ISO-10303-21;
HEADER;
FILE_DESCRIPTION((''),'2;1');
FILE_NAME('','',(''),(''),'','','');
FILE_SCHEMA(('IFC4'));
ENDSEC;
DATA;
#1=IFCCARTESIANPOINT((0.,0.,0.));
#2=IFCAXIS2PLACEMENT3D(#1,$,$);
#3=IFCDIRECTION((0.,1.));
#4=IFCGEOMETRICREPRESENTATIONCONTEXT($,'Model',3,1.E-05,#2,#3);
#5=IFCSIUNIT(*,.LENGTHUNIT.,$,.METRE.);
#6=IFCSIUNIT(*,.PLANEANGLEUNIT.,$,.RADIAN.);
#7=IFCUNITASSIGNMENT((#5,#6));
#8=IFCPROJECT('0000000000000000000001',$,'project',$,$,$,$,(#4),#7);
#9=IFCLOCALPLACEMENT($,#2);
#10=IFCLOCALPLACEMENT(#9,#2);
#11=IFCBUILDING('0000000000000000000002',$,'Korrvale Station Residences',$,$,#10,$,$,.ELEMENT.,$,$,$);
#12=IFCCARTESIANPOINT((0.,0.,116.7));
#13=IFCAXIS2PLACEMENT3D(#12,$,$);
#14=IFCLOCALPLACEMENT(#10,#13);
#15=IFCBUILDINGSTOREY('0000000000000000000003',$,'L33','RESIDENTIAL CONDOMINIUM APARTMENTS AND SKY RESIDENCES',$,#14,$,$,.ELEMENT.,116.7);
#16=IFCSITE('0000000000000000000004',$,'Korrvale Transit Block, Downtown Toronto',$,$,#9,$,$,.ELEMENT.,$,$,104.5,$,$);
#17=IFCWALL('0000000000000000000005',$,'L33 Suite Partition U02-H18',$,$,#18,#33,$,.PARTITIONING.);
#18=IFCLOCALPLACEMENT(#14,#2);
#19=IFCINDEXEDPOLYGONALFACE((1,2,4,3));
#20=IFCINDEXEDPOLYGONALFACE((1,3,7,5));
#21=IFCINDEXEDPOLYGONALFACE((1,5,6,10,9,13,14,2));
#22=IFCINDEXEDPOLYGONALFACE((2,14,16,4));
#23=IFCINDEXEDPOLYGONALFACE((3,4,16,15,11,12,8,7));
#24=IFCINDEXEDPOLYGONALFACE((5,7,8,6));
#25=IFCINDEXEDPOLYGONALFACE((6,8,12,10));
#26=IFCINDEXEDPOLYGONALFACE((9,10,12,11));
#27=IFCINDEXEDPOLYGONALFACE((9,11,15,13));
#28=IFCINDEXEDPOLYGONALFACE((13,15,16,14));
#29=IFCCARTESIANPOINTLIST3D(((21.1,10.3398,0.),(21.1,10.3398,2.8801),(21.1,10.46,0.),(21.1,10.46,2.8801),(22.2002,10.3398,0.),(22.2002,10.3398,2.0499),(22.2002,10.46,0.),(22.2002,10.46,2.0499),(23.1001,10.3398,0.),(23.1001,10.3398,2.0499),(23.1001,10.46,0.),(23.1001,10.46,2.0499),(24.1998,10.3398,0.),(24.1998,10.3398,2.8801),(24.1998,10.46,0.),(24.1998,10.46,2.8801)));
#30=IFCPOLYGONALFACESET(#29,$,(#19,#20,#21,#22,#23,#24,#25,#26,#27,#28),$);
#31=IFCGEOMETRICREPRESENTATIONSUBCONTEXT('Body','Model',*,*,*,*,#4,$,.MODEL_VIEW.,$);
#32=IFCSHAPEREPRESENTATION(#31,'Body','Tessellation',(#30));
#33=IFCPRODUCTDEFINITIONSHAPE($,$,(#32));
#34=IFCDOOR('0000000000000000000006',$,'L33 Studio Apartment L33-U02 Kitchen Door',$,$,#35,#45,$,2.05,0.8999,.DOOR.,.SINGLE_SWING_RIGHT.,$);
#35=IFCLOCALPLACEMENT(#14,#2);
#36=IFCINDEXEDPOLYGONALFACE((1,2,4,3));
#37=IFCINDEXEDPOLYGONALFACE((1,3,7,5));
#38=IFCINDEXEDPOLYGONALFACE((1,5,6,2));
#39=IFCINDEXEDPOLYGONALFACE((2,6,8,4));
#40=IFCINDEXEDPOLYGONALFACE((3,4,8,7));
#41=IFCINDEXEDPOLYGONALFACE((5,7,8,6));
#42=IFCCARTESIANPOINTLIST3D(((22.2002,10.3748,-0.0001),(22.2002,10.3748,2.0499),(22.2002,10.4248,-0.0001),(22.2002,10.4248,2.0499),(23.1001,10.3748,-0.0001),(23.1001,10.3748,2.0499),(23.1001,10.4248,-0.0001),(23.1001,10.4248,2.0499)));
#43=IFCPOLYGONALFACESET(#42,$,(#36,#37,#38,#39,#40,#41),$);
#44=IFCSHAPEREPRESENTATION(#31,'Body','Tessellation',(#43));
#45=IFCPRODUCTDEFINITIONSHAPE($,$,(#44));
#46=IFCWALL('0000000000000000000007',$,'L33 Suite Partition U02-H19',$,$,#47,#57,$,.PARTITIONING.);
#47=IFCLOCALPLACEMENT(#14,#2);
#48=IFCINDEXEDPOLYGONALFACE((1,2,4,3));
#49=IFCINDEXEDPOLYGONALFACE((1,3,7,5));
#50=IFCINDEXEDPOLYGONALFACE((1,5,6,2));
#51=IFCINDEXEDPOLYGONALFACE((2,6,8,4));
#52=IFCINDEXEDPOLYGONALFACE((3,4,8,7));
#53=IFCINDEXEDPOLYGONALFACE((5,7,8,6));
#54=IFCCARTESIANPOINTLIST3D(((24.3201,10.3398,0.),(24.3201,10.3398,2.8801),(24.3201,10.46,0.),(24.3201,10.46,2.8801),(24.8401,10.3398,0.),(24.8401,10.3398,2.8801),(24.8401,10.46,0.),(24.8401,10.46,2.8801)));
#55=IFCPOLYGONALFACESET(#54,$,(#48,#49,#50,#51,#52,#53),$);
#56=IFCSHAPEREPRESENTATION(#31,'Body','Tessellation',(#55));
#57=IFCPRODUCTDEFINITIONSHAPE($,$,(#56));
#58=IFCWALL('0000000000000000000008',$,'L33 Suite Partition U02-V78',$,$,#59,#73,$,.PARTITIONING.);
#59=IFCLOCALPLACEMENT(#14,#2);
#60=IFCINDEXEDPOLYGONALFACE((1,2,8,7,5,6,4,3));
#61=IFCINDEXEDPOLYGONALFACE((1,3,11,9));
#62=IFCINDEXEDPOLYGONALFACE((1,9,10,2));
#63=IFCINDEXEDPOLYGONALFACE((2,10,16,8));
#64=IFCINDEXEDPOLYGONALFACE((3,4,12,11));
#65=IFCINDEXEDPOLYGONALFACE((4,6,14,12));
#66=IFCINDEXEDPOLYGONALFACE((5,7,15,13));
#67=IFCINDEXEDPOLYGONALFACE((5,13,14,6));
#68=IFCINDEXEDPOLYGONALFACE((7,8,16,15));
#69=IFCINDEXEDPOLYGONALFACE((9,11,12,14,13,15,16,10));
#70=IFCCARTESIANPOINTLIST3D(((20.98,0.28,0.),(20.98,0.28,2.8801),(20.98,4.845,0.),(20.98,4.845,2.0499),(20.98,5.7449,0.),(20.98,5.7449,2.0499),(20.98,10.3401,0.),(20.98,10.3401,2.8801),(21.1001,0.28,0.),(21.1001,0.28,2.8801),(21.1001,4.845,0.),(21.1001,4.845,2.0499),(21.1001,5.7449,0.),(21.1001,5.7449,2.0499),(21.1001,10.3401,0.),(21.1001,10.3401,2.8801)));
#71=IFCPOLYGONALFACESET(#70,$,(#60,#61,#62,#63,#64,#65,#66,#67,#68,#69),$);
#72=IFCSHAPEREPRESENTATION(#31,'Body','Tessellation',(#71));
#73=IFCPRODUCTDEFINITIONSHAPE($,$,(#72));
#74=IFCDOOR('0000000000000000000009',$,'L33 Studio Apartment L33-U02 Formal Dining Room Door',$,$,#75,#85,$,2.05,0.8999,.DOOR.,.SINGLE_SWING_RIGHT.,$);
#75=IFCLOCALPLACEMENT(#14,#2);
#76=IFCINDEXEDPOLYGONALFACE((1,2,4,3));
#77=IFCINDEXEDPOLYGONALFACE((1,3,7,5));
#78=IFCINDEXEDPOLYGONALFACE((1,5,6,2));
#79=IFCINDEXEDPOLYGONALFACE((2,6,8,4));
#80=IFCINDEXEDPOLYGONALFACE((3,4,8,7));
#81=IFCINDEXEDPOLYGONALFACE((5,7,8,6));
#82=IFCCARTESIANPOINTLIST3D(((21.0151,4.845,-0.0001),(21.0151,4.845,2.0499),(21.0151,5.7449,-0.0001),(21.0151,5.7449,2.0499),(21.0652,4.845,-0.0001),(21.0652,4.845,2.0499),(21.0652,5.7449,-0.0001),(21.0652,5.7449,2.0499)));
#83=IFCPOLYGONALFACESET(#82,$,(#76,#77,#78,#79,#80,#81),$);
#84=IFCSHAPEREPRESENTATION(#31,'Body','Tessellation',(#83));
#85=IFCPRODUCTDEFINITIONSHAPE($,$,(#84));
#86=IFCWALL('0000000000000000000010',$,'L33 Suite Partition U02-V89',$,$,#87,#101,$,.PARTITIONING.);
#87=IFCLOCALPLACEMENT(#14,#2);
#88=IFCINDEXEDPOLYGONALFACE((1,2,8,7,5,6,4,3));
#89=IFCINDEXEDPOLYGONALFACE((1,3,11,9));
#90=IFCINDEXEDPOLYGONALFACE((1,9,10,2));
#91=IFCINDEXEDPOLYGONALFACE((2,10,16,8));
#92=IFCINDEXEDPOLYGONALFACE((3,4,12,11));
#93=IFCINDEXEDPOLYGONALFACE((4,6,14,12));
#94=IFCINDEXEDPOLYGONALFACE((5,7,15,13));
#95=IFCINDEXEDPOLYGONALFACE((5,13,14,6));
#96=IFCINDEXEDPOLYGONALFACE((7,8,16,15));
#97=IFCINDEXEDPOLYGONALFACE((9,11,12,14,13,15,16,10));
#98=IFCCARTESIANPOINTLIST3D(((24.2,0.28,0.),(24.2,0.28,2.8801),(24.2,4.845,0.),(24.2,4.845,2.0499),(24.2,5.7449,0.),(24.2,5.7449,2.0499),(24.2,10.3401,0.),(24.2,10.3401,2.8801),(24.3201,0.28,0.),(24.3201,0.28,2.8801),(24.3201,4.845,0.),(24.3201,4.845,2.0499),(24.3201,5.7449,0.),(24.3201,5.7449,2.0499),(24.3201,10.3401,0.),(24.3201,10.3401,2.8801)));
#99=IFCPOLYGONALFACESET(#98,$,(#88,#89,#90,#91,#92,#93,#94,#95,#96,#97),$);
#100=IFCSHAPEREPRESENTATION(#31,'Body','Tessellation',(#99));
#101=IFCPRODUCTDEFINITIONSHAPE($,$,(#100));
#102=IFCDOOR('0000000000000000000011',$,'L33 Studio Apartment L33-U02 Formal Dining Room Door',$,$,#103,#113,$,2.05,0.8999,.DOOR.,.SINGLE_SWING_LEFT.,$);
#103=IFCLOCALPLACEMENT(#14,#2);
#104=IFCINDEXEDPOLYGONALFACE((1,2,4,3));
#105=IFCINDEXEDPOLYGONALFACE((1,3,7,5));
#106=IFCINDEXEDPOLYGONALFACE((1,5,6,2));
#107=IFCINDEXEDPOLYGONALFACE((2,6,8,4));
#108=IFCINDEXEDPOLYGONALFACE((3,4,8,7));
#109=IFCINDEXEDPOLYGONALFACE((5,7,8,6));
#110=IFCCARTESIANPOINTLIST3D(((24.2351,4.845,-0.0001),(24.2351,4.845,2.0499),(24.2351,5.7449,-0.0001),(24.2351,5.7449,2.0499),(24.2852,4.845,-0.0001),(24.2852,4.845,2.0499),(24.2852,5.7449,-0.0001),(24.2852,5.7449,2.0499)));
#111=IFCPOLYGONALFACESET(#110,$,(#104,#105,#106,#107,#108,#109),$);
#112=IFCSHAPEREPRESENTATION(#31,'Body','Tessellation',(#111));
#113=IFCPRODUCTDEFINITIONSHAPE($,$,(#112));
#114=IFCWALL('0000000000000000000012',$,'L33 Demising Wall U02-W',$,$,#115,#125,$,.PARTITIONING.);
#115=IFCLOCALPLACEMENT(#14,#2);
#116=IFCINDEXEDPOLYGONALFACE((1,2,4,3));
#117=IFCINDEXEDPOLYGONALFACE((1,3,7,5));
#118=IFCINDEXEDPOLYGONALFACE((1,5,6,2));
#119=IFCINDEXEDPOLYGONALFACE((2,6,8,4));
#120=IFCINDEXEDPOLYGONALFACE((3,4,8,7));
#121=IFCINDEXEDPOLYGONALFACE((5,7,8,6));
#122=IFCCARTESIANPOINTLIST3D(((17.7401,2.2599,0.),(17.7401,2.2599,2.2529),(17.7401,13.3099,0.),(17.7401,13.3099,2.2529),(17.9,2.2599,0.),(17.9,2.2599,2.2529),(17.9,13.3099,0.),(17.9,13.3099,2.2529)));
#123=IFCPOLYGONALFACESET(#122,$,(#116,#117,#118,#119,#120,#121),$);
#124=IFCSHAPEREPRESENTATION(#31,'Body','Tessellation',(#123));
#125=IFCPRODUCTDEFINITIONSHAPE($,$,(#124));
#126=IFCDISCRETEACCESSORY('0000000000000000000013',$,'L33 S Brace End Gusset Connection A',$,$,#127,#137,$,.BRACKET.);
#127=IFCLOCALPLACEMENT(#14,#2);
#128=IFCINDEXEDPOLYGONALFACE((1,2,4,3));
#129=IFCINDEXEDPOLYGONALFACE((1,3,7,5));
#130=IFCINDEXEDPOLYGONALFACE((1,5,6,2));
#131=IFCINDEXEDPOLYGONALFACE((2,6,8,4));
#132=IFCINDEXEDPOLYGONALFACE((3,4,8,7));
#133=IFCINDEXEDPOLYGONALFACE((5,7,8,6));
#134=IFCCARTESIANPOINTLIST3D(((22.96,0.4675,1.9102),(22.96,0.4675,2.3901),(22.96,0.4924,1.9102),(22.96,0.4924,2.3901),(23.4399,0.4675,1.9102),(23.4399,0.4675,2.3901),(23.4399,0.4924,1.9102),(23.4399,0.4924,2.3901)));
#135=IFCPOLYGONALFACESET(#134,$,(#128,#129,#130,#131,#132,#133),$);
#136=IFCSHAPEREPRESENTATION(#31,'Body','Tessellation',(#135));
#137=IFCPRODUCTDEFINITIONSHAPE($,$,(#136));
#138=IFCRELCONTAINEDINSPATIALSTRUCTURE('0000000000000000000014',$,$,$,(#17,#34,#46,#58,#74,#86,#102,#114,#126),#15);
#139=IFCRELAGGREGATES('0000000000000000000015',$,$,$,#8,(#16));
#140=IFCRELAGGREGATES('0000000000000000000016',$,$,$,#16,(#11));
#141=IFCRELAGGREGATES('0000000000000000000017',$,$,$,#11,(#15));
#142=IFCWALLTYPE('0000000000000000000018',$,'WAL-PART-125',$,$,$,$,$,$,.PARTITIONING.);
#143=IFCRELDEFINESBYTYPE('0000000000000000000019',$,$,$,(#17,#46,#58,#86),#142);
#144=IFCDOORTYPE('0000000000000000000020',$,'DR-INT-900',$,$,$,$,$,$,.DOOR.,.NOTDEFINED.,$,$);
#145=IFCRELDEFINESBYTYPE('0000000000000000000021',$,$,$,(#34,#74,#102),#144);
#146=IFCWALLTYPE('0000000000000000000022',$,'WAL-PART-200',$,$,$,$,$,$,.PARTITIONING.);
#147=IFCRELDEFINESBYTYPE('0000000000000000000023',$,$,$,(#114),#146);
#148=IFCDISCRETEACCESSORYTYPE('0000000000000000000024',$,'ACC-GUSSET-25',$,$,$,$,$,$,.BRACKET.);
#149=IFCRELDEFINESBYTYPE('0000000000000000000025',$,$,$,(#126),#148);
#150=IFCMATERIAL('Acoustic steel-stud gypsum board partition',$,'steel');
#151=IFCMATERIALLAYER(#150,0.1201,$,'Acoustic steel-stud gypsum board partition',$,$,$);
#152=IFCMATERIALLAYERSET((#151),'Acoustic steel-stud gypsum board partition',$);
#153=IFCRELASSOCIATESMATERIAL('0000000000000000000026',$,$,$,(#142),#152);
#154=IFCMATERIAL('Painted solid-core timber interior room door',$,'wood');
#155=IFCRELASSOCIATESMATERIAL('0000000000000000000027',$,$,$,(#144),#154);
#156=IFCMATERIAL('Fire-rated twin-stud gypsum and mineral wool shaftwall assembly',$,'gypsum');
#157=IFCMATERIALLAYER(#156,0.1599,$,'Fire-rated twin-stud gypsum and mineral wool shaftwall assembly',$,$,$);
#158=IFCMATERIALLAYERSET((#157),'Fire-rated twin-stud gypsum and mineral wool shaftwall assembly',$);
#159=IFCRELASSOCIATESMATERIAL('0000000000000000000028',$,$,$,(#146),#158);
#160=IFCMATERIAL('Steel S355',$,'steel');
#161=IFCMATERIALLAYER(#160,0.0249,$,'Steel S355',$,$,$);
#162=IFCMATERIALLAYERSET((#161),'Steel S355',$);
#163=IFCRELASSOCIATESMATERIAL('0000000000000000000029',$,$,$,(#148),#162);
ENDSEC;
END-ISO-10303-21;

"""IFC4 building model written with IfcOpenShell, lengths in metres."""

from ifc_helpers import new_model, si_unit, direction, frame, frame_2d, origin, origin_2d, place, context, subcontext, project, spatial, rectangle, extrude, material, layer, layer_set, type_object, element, fill, save


model = new_model("IFC4")

# Units and contexts
model_context = context("Model", 3, precision=1e-05, world=origin(), true_north=direction((0.0, 1.0)))
body_context = subcontext(model_context, "Body", "Model", "MODEL_VIEW")
ifc_project = project(units=[si_unit("LENGTHUNIT", "METRE"), si_unit("PLANEANGLEUNIT", "RADIAN")], contexts=[model_context])

# Site, building, storey
site_placement = place(None, origin())
site = spatial("IfcSite", under=ifc_project, at=site_placement, Name="Korrvale Transit Block, Downtown Toronto", CompositionType="ELEMENT", RefElevation=104.5)
building_placement = place(site_placement, origin())
building = spatial("IfcBuilding", under=site, at=building_placement, Name="Korrvale Station Residences", CompositionType="ELEMENT")
storey_placement = place(building_placement, frame((0.0, 0.0, 116.7)))
storey = spatial("IfcBuildingStorey", under=building, at=storey_placement, Name="L33", Description="RESIDENTIAL CONDOMINIUM APARTMENTS AND SKY RESIDENCES", CompositionType="ELEMENT", Elevation=116.7)

# Shared definitions
ifc_material_1 = material(Name="Steel S355", Category="steel")

# Shared definitions
ifc_material_2 = material(Name="Acoustic steel-stud gypsum board partition", Category="steel")
ifc_layer_1 = layer(ifc_material_2, 0.1201, Name="Acoustic steel-stud gypsum board partition")
ifc_layer_set_1 = layer_set([ifc_layer_1], Name="Acoustic steel-stud gypsum board partition")
wall_type_1 = type_object("IfcWallType", Name="WAL-PART-125", PredefinedType="PARTITIONING", material=ifc_layer_set_1)

# Shared definitions
ifc_material_3 = material(Name="Painted solid-core timber interior room door", Category="wood")
door_type_1 = type_object("IfcDoorType", Name="DR-INT-900", OperationType="NOTDEFINED", PredefinedType="DOOR", material=ifc_material_3)

# Wall, opening, door
wall_1_placement = place(storey_placement, frame((21.1001, 10.3999, 0.0), z_axis=(0.0, 0.0, 1.0), x_axis=(1.0, 0.0, 0.0)))
wall_1 = element("IfcWall", 1, at=wall_1_placement, inside=storey, type_object=wall_type_1, Name="L33 Suite Partition U02-H18", PredefinedType="PARTITIONING", context=body_context, shape_type="SweptSolid", body=[
    extrude(rectangle(XDim=3.0999, YDim=0.1201, at=frame_2d((1.5498, 0.0))), origin(), (0.0, 0.0, 1.0), 2.8801),
])
opening_1_placement = place(wall_1_placement, frame((1.1001, 0.0, 0.0)))
opening_1 = element("IfcOpeningElement", 2, at=opening_1_placement, cuts=wall_1, PredefinedType="OPENING", context=body_context, shape_type="SweptSolid", body=[
    extrude(rectangle(XDim=0.8999, YDim=2.05, at=frame_2d((0.45, 1.0249))), frame((0.0, 0.0701, 0.0), z_axis=(0.0, -1.0, 0.0), x_axis=(1.0, 0.0, 0.0)), (0.0, 0.0, 1.0), 0.1401),
])
door_1_placement = place(opening_1_placement, origin())
door_1 = element("IfcDoor", 3, at=door_1_placement, inside=storey, type_object=door_type_1, Name="L33 Studio Apartment L33-U02 Kitchen Door", OperationType="SINGLE_SWING_RIGHT", OverallHeight=2.05, OverallWidth=0.8999, PredefinedType="DOOR", context=body_context, shape_type="SweptSolid", body=[
    extrude(rectangle(XDim=0.8999, YDim=2.05, at=frame_2d((0.45, 1.0249))), frame((0.0, 0.0249, 0.0), z_axis=(0.0, -1.0, 0.0), x_axis=(1.0, 0.0, 0.0)), (0.0, 0.0, 1.0), 0.05),
])
fill(opening_1, door_1)

# Wall
wall_2_placement = place(storey_placement, frame((24.3201, 10.3999, 0.0), z_axis=(0.0, 0.0, 1.0), x_axis=(1.0, 0.0, 0.0)))
element("IfcWall", 4, at=wall_2_placement, inside=storey, type_object=wall_type_1, Name="L33 Suite Partition U02-H19", PredefinedType="PARTITIONING", context=body_context, shape_type="SweptSolid", body=[
    extrude(rectangle(XDim=0.52, YDim=0.1201, at=frame_2d((0.26, 0.0))), origin(), (0.0, 0.0, 1.0), 2.8801),
])

# Walls, openings, doors
wall_3_placement = place(storey_placement, frame((21.04, 0.28, 0.0), z_axis=(0.0, 0.0, 1.0), x_axis=(0.0, 1.0, 0.0)))
wall_3 = element("IfcWall", 5, at=wall_3_placement, inside=storey, type_object=wall_type_1, Name="L33 Suite Partition U02-V78", PredefinedType="PARTITIONING", context=body_context, shape_type="SweptSolid", body=[
    extrude(rectangle(XDim=10.0601, YDim=0.1201, at=frame_2d((5.03, 0.0))), origin(), (0.0, 0.0, 1.0), 2.8801),
])
opening_2_placement = place(wall_3_placement, frame((4.5649, 0.0, 0.0)))
opening_2 = element("IfcOpeningElement", 6, at=opening_2_placement, cuts=wall_3, PredefinedType="OPENING", context=body_context, shape_type="SweptSolid", body=[
    extrude(rectangle(XDim=0.8999, YDim=2.05, at=frame_2d((0.45, 1.0249))), frame((0.0, 0.0701, 0.0), z_axis=(0.0, -1.0, 0.0), x_axis=(1.0, 0.0, 0.0)), (0.0, 0.0, 1.0), 0.1401),
])
door_2_placement = place(opening_2_placement, origin())
door_2 = element("IfcDoor", 7, at=door_2_placement, inside=storey, type_object=door_type_1, Name="L33 Studio Apartment L33-U02 Formal Dining Room Door", OperationType="SINGLE_SWING_RIGHT", OverallHeight=2.05, OverallWidth=0.8999, PredefinedType="DOOR", context=body_context, shape_type="SweptSolid", body=[
    extrude(rectangle(XDim=0.8999, YDim=2.05, at=frame_2d((0.45, 1.0249))), frame((0.0, 0.0249, 0.0), z_axis=(0.0, -1.0, 0.0), x_axis=(1.0, 0.0, 0.0)), (0.0, 0.0, 1.0), 0.05),
])
fill(opening_2, door_2)
wall_4_placement = place(storey_placement, frame((24.26, 0.28, 0.0), z_axis=(0.0, 0.0, 1.0), x_axis=(0.0, 1.0, 0.0)))
wall_4 = element("IfcWall", 8, at=wall_4_placement, inside=storey, type_object=wall_type_1, Name="L33 Suite Partition U02-V89", PredefinedType="PARTITIONING", context=body_context, shape_type="SweptSolid", body=[
    extrude(rectangle(XDim=10.0601, YDim=0.1201, at=frame_2d((5.03, 0.0))), origin(), (0.0, 0.0, 1.0), 2.8801),
])
opening_3_placement = place(wall_4_placement, frame((4.5649, 0.0, 0.0)))
opening_3 = element("IfcOpeningElement", 9, at=opening_3_placement, cuts=wall_4, PredefinedType="OPENING", context=body_context, shape_type="SweptSolid", body=[
    extrude(rectangle(XDim=0.8999, YDim=2.05, at=frame_2d((0.45, 1.0249))), frame((0.0, 0.0701, 0.0), z_axis=(0.0, -1.0, 0.0), x_axis=(1.0, 0.0, 0.0)), (0.0, 0.0, 1.0), 0.1401),
])
door_3_placement = place(opening_3_placement, origin())
door_3 = element("IfcDoor", 10, at=door_3_placement, inside=storey, type_object=door_type_1, Name="L33 Studio Apartment L33-U02 Formal Dining Room Door", OperationType="SINGLE_SWING_LEFT", OverallHeight=2.05, OverallWidth=0.8999, PredefinedType="DOOR", context=body_context, shape_type="SweptSolid", body=[
    extrude(rectangle(XDim=0.8999, YDim=2.05, at=frame_2d((0.45, 1.0249))), frame((0.0, 0.0249, 0.0), z_axis=(0.0, -1.0, 0.0), x_axis=(1.0, 0.0, 0.0)), (0.0, 0.0, 1.0), 0.05),
])
fill(opening_3, door_3)

# Wall
ifc_material_4 = material(Name="Fire-rated twin-stud gypsum and mineral wool shaftwall assembly", Category="gypsum")
ifc_layer_2 = layer(ifc_material_4, 0.1599, Name="Fire-rated twin-stud gypsum and mineral wool shaftwall assembly")
ifc_layer_set_2 = layer_set([ifc_layer_2], Name="Fire-rated twin-stud gypsum and mineral wool shaftwall assembly")
wall_type_2 = type_object("IfcWallType", Name="WAL-PART-200", PredefinedType="PARTITIONING", material=ifc_layer_set_2)
wall_5_placement = place(storey_placement, frame((17.8201, 2.26, 0.0), z_axis=(0.0, 0.0, 1.0), x_axis=(0.0, 1.0, 0.0)))
element("IfcWall", 11, at=wall_5_placement, inside=storey, type_object=wall_type_2, Name="L33 Demising Wall U02-W", PredefinedType="PARTITIONING", context=body_context, shape_type="SweptSolid", body=[
    extrude(rectangle(XDim=11.05, YDim=0.1599, at=frame_2d((5.5249, 0.0))), origin(), (0.0, 0.0, 1.0), 2.2529),
])

# Discrete accessory
ifc_layer_3 = layer(ifc_material_1, 0.0249, Name="Steel S355")
ifc_layer_set_3 = layer_set([ifc_layer_3], Name="Steel S355")
discrete_accessory_type = type_object("IfcDiscreteAccessoryType", Name="ACC-GUSSET-25", PredefinedType="BRACKET", material=ifc_layer_set_3)
discrete_accessory_placement = place(storey_placement, frame((23.2, 0.48, 1.9102), z_axis=(0.0, 0.0, 1.0), x_axis=(1.0, 0.0, 0.0)))
element("IfcDiscreteAccessory", 12, at=discrete_accessory_placement, inside=storey, type_object=discrete_accessory_type, Name="L33 S Brace End Gusset Connection A", PredefinedType="BRACKET", context=body_context, shape_type="SweptSolid", body=[
    extrude(rectangle(XDim=0.48, YDim=0.0249, at=origin_2d()), origin(), (0.0, 0.0, 1.0), 0.48),
])

save(model, "model.ifc")
